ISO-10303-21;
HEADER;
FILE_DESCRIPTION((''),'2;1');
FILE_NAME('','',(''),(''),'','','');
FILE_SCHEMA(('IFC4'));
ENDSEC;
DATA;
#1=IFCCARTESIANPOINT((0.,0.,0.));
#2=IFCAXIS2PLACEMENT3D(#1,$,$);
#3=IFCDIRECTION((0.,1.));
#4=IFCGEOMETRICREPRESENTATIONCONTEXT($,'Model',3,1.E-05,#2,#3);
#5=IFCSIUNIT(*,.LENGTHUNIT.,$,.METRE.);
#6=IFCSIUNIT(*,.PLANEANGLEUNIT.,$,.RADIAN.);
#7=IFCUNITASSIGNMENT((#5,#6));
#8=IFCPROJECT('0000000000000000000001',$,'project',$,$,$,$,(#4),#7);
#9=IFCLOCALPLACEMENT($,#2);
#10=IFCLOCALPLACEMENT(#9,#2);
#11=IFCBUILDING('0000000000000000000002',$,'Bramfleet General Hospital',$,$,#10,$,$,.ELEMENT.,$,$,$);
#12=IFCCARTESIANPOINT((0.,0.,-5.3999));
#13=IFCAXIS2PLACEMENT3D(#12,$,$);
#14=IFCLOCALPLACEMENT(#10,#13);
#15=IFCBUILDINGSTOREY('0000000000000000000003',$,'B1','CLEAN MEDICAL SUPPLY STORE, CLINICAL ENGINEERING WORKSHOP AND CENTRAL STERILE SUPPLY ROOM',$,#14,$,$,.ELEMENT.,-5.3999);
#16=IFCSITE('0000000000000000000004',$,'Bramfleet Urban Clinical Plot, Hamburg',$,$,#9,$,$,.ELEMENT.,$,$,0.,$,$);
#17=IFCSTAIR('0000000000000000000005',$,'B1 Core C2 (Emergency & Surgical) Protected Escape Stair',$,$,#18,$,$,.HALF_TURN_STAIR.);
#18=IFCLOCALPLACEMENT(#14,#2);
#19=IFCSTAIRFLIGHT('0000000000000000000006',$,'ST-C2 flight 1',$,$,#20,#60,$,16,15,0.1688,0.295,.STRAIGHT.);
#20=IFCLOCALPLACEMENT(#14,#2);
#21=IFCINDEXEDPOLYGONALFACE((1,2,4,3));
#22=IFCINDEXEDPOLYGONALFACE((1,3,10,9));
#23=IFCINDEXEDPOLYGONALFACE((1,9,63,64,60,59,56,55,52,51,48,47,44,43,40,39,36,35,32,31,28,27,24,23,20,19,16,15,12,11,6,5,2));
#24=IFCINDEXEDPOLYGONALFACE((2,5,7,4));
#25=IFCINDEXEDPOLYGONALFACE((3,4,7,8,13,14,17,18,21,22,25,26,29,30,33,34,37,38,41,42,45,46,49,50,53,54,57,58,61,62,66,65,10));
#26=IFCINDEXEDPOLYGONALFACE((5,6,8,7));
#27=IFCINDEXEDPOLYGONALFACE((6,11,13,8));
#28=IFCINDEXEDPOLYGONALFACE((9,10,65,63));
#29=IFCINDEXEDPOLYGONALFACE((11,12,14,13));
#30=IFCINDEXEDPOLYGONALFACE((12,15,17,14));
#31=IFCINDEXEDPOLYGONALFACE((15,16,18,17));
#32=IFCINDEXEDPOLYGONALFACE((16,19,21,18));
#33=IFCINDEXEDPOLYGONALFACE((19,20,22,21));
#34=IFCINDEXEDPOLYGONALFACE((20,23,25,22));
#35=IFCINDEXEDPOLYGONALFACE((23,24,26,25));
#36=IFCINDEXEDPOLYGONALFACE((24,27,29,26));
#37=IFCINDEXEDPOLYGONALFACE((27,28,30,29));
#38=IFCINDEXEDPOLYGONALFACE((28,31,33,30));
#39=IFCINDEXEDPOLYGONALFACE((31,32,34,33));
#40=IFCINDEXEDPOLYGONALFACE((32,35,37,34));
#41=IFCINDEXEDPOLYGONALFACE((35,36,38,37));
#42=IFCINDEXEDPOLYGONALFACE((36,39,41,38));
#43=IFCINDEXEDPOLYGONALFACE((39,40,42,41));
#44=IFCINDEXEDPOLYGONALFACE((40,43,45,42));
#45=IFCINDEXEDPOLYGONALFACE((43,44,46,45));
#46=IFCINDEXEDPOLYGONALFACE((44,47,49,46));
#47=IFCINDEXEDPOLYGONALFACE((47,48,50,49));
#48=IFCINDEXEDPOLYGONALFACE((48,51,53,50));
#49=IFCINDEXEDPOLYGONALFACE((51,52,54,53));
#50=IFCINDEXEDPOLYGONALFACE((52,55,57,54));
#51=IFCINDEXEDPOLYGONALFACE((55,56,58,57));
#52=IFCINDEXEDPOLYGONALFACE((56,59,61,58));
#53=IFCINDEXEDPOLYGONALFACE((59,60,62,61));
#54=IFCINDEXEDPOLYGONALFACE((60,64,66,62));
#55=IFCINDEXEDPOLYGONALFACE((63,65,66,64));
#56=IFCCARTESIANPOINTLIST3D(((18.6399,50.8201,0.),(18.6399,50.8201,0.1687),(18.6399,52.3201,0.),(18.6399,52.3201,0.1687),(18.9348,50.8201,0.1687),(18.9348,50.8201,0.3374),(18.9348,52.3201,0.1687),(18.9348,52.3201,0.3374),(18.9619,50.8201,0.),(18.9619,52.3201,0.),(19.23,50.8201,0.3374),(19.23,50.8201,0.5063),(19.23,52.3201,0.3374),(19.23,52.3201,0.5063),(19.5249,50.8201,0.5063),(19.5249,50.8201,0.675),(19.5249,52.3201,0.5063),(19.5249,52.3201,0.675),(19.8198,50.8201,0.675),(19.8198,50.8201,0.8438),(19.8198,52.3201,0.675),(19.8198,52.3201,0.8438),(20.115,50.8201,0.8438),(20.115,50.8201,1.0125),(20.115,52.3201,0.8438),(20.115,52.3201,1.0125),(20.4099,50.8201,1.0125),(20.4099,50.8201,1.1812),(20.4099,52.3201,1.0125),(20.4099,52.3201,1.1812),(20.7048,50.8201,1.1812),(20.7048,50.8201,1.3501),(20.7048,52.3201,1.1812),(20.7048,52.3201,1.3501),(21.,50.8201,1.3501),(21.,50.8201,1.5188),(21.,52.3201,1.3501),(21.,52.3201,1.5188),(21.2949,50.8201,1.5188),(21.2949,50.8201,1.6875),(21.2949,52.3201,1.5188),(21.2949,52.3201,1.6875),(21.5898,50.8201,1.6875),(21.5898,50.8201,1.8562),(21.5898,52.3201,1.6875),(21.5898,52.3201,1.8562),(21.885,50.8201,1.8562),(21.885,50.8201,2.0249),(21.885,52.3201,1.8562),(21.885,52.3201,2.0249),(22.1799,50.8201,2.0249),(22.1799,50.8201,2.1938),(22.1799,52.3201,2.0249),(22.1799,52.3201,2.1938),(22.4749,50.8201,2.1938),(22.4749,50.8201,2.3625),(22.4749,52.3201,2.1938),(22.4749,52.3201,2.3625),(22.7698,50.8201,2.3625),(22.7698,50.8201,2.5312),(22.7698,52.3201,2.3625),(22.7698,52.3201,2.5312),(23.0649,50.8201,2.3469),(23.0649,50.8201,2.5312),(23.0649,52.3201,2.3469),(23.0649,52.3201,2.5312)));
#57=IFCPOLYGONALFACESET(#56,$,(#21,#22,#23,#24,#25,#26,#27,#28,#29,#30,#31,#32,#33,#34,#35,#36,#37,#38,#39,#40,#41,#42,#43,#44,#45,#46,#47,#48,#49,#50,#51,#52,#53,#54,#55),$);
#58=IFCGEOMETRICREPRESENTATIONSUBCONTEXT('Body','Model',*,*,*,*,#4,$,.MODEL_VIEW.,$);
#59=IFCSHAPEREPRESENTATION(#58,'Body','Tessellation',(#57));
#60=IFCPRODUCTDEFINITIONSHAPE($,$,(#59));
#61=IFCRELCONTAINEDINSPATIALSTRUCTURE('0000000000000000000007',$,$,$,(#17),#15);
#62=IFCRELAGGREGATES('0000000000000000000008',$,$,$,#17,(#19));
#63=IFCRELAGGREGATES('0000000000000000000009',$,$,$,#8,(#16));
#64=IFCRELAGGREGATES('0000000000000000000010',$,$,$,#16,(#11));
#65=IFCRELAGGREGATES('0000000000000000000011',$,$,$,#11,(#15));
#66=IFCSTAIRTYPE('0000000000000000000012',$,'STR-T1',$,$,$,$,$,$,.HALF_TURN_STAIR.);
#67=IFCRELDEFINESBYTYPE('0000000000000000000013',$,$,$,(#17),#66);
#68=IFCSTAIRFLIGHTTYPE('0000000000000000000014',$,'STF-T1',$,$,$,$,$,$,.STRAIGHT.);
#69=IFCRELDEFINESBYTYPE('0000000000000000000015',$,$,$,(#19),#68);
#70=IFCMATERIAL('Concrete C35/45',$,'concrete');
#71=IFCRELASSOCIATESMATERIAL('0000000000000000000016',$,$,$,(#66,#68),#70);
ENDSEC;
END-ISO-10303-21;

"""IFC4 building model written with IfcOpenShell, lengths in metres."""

from ifc_helpers import new_model, si_unit, direction, frame, origin, place, context, subcontext, project, spatial, polyline, outline, extrude, material, type_object, element, aggregate, save


model = new_model("IFC4")

# Units and contexts
model_context = context("Model", 3, precision=1e-05, world=origin(), true_north=direction((0.0, 1.0)))
body_context = subcontext(model_context, "Body", "Model", "MODEL_VIEW")
ifc_project = project(units=[si_unit("LENGTHUNIT", "METRE"), si_unit("PLANEANGLEUNIT", "RADIAN")], contexts=[model_context])

# Site, building, storey
site_placement = place(None, origin())
site = spatial("IfcSite", under=ifc_project, at=site_placement, Name="Bramfleet Urban Clinical Plot, Hamburg", CompositionType="ELEMENT", RefElevation=0.0)
building_placement = place(site_placement, origin())
building = spatial("IfcBuilding", under=site, at=building_placement, Name="Bramfleet General Hospital", CompositionType="ELEMENT")
storey_placement = place(building_placement, frame((0.0, 0.0, -5.3999)))
storey = spatial("IfcBuildingStorey", under=building, at=storey_placement, Name="B1", Description="CLEAN MEDICAL SUPPLY STORE, CLINICAL ENGINEERING WORKSHOP AND CENTRAL STERILE SUPPLY ROOM", CompositionType="ELEMENT", Elevation=-5.3999)

# Shared definitions
ifc_material_1 = material(Name="Concrete C35/45", Category="concrete")

# Stair, stair flight
stair_type = type_object("IfcStairType", Name="STR-T1", PredefinedType="HALF_TURN_STAIR", material=ifc_material_1)
stair_placement = place(storey_placement, origin())
stair = element("IfcStair", 1, at=stair_placement, inside=storey, type_object=stair_type, Name="B1 Core C2 (Emergency & Surgical) Protected Escape Stair", PredefinedType="HALF_TURN_STAIR")
stair_flight_type = type_object("IfcStairFlightType", Name="STF-T1", PredefinedType="STRAIGHT", material=ifc_material_1)
stair_flight_placement = place(storey_placement, frame((18.6399, 51.5701, 0.0), z_axis=(0.0, 0.0, 1.0), x_axis=(1.0, 0.0, 0.0)))
stair_flight = element("IfcStairFlight", 2, at=stair_flight_placement, type_object=stair_flight_type, Name="ST-C2 flight 1", NumberOfRisers=16, NumberOfTreads=15, PredefinedType="STRAIGHT", RiserHeight=0.1688, TreadLength=0.295, context=body_context, shape_type="SweptSolid", body=[
    extrude(outline(polyline([(0.0, 0.0), (0.0, 0.1687), (0.2949, 0.1687), (0.2949, 0.3374), (0.5901, 0.3374), (0.5901, 0.5063), (0.885, 0.5063), (0.885, 0.675), (1.1799, 0.675), (1.1799, 0.8438), (1.4751, 0.8438), (1.4751, 1.0125), (1.77, 1.0125), (1.77, 1.1812), (2.0649, 1.1812), (2.0649, 1.3501), (2.3601, 1.3501), (2.3601, 1.5188), (2.655, 1.5188), (2.655, 1.6875), (2.95, 1.6875), (2.95, 1.8562), (3.2451, 1.8562), (3.2451, 2.0249), (3.54, 2.0249), (3.54, 2.1938), (3.835, 2.1938), (3.835, 2.3625), (4.1299, 2.3625), (4.1299, 2.5312), (4.425, 2.5312), (4.425, 2.7), (4.425, 2.3469), (0.322, 0.0), (0.0, 0.0)])), frame((0.0, 0.75, 0.0), z_axis=(0.0, -1.0, 0.0), x_axis=(1.0, 0.0, 0.0)), (0.0, 0.0, 1.0), 1.5),
])
aggregate(stair, [stair_flight])

save(model, "model.ifc")
